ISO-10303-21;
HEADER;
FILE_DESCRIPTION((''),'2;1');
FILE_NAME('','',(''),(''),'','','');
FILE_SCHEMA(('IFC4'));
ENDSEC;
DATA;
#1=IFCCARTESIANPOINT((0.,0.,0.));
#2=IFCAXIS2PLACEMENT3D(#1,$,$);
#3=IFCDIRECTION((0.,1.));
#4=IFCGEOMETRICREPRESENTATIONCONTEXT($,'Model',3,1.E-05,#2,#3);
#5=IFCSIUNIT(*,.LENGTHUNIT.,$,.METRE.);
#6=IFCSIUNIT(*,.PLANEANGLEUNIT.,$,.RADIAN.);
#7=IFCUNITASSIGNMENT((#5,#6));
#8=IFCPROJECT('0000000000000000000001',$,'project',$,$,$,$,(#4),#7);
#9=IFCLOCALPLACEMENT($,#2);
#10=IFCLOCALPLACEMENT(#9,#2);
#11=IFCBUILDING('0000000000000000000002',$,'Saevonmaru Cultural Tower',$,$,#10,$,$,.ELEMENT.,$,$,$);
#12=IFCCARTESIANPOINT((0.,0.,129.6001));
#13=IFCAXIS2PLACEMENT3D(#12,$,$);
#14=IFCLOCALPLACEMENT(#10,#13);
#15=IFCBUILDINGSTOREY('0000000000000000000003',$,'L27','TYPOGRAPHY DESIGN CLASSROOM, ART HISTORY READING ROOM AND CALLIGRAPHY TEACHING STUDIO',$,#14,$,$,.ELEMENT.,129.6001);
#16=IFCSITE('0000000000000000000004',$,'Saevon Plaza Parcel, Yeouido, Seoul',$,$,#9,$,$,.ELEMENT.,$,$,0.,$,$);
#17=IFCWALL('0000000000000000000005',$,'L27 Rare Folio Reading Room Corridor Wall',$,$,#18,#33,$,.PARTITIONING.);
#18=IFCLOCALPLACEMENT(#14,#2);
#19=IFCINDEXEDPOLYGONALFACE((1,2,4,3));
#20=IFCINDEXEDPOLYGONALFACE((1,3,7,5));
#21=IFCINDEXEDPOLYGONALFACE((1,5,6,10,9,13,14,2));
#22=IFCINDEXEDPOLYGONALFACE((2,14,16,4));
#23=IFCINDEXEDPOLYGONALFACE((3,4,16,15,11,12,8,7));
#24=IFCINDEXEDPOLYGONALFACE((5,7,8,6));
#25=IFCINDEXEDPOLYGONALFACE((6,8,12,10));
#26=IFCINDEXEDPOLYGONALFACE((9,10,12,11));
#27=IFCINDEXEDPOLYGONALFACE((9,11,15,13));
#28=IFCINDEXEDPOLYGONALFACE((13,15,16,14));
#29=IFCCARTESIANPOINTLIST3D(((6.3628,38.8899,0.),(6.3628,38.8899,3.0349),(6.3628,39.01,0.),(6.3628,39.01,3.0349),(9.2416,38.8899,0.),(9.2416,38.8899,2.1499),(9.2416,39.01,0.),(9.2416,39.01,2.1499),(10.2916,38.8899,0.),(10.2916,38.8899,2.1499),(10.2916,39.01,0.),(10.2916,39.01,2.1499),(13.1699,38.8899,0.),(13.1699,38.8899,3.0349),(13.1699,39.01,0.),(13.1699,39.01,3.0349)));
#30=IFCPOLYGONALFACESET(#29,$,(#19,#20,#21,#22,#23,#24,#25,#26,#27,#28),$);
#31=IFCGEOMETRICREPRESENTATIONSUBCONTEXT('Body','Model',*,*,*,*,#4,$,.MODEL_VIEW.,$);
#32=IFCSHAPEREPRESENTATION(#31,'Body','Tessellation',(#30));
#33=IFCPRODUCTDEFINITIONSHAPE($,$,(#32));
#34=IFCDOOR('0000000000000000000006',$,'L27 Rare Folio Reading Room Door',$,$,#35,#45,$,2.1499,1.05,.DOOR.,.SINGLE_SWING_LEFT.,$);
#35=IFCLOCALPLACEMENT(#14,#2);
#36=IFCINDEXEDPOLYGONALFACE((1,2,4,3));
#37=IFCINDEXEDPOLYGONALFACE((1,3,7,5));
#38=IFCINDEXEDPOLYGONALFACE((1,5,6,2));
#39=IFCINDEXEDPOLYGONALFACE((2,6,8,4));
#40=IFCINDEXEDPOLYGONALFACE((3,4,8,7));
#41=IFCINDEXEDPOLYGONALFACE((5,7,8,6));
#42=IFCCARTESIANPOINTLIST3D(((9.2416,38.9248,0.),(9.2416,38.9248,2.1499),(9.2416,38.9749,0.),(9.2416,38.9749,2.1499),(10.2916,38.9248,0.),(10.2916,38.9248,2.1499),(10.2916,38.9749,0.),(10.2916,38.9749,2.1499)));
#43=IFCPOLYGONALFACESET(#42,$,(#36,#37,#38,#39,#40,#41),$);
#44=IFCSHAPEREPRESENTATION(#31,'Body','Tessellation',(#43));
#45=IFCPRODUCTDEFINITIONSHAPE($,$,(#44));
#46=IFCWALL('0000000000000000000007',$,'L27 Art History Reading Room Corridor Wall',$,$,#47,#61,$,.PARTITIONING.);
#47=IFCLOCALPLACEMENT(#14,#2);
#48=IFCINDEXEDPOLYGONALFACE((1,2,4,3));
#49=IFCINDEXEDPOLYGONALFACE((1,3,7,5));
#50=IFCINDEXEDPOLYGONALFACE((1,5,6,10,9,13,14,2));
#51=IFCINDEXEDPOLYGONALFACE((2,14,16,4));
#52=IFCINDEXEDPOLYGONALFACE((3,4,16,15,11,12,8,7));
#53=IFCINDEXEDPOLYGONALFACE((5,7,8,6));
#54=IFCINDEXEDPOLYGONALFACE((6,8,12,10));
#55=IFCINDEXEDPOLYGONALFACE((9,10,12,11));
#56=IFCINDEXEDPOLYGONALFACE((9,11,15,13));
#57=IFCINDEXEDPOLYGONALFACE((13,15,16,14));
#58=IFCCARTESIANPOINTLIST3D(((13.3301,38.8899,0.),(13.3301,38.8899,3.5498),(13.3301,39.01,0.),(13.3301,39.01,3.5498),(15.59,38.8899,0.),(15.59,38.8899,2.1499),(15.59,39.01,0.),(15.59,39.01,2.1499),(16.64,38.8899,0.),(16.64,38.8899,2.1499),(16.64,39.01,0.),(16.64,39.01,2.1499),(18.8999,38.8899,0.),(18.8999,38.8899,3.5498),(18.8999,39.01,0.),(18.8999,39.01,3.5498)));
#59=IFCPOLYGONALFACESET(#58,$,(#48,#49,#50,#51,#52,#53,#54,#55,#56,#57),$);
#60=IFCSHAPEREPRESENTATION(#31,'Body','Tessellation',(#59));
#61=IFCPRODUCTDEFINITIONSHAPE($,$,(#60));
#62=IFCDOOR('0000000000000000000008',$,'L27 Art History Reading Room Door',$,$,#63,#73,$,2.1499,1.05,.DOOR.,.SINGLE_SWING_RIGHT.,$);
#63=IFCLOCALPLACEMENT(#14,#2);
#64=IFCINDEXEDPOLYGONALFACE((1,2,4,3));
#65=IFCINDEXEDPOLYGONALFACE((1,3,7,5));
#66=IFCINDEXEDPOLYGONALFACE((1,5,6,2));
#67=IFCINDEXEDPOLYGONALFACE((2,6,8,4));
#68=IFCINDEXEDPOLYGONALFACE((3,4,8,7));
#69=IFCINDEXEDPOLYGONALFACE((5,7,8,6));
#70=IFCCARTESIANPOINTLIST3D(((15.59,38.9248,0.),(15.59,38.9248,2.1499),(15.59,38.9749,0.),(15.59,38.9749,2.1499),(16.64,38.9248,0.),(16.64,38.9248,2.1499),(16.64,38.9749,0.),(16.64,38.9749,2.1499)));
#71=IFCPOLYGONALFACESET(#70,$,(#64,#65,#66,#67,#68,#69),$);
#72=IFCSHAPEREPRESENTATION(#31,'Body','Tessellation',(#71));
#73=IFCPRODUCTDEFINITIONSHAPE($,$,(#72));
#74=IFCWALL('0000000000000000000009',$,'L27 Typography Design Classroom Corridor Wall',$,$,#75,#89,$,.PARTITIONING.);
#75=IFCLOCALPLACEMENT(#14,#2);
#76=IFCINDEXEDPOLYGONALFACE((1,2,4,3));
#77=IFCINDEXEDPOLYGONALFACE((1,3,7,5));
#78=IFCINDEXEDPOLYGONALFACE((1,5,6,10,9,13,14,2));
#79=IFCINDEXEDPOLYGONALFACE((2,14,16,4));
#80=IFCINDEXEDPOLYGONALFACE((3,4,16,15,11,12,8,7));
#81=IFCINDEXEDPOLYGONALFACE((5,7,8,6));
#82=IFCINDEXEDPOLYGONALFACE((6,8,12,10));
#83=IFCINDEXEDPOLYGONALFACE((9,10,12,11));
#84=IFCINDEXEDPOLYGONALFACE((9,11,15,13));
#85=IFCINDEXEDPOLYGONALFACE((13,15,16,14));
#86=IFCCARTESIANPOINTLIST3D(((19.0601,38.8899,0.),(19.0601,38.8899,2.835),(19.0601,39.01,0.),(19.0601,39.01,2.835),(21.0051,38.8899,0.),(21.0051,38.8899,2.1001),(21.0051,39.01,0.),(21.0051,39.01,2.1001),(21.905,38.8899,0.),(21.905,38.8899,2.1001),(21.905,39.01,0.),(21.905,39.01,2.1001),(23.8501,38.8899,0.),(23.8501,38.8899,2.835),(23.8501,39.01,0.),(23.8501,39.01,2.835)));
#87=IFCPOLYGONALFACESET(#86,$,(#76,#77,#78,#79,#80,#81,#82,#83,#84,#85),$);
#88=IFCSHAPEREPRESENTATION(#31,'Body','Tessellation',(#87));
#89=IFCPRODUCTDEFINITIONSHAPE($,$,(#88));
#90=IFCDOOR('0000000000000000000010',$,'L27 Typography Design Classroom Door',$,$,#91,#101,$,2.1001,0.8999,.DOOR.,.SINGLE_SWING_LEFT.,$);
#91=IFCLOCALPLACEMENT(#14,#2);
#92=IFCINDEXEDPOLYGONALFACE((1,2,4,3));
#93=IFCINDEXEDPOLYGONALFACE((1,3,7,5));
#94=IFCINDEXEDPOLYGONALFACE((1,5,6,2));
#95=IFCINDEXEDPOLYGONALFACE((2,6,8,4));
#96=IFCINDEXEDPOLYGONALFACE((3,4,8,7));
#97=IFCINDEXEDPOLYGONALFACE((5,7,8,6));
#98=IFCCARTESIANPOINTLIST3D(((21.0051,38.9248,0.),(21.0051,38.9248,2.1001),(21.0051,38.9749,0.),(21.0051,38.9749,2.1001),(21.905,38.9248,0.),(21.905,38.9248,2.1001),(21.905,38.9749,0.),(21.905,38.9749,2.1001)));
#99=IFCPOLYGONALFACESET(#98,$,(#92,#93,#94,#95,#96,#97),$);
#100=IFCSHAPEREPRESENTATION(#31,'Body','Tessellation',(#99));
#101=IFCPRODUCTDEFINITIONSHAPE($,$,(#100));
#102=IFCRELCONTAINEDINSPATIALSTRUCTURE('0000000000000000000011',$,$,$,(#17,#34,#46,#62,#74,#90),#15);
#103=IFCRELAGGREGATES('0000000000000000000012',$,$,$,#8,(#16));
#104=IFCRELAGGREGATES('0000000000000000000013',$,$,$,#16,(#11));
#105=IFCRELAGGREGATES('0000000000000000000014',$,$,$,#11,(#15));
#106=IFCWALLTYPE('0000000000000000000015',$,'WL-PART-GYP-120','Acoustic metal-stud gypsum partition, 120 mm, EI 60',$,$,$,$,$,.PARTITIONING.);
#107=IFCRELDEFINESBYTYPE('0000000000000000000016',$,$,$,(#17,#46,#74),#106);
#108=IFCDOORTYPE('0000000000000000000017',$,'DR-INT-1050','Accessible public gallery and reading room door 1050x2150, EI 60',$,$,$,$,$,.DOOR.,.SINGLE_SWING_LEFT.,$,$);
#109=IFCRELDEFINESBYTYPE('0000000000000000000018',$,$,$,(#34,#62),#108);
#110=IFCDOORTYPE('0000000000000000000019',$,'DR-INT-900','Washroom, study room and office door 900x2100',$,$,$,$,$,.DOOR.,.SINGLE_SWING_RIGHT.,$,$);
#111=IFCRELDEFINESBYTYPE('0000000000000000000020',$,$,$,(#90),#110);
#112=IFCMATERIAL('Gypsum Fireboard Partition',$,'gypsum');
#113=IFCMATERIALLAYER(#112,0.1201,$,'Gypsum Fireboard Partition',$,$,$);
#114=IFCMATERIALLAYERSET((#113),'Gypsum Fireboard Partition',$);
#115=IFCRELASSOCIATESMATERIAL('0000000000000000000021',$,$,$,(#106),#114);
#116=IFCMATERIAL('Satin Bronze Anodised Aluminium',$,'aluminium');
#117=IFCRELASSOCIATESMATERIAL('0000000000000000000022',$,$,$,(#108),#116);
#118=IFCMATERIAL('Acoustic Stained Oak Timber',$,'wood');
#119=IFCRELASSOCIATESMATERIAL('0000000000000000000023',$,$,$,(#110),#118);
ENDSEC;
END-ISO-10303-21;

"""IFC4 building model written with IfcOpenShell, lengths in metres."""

from ifc_helpers import new_model, si_unit, direction, frame, frame_2d, origin, place, context, subcontext, project, spatial, rectangle, extrude, material, layer, layer_set, type_object, element, fill, save


model = new_model("IFC4")

# Units and contexts
model_context = context("Model", 3, precision=1e-05, world=origin(), true_north=direction((0.0, 1.0)))
body_context = subcontext(model_context, "Body", "Model", "MODEL_VIEW")
ifc_project = project(units=[si_unit("LENGTHUNIT", "METRE"), si_unit("PLANEANGLEUNIT", "RADIAN")], contexts=[model_context])

# Site, building, storey
site_placement = place(None, origin())
site = spatial("IfcSite", under=ifc_project, at=site_placement, Name="Saevon Plaza Parcel, Yeouido, Seoul", CompositionType="ELEMENT", RefElevation=0.0)
building_placement = place(site_placement, origin())
building = spatial("IfcBuilding", under=site, at=building_placement, Name="Saevonmaru Cultural Tower", CompositionType="ELEMENT")
storey_placement = place(building_placement, frame((0.0, 0.0, 129.6001)))
storey = spatial("IfcBuildingStorey", under=building, at=storey_placement, Name="L27", Description="TYPOGRAPHY DESIGN CLASSROOM, ART HISTORY READING ROOM AND CALLIGRAPHY TEACHING STUDIO", CompositionType="ELEMENT", Elevation=129.6001)

# Shared definitions
ifc_material_1 = material(Name="Satin Bronze Anodised Aluminium", Category="aluminium")

# Shared definitions
ifc_material_2 = material(Name="Gypsum Fireboard Partition", Category="gypsum")
ifc_layer_1 = layer(ifc_material_2, 0.1201, Name="Gypsum Fireboard Partition")
ifc_layer_set_1 = layer_set([ifc_layer_1], Name="Gypsum Fireboard Partition")
wall_type_1 = type_object("IfcWallType", Name="WL-PART-GYP-120", Description="Acoustic metal-stud gypsum partition, 120 mm, EI 60", PredefinedType="PARTITIONING", material=ifc_layer_set_1)

# Walls, openings, doors
wall_1_placement = place(storey_placement, frame((6.3628, 38.95, 0.0), z_axis=(0.0, 0.0, 1.0), x_axis=(1.0, 0.0, 0.0)))
wall_1 = element("IfcWall", 1, at=wall_1_placement, inside=storey, type_object=wall_type_1, Name="L27 Rare Folio Reading Room Corridor Wall", PredefinedType="PARTITIONING", context=body_context, shape_type="SweptSolid", body=[
    extrude(rectangle(XDim=6.8071, YDim=0.1201, at=frame_2d((3.4036, 0.0))), origin(), (0.0, 0.0, 1.0), 3.0349),
])
opening_1_placement = place(wall_1_placement, frame((2.8789, 0.0, 0.0)))
opening_1 = element("IfcOpeningElement", 2, at=opening_1_placement, cuts=wall_1, PredefinedType="OPENING", context=body_context, shape_type="SweptSolid", body=[
    extrude(rectangle(XDim=1.05, YDim=2.1499, at=frame_2d((0.5249, 1.075))), frame((0.0, 0.0701, 0.0), z_axis=(0.0, -1.0, 0.0), x_axis=(1.0, 0.0, 0.0)), (0.0, 0.0, 1.0), 0.1401),
])
door_type_1 = type_object("IfcDoorType", Name="DR-INT-1050", Description="Accessible public gallery and reading room door 1050x2150, EI 60", OperationType="SINGLE_SWING_LEFT", PredefinedType="DOOR", material=ifc_material_1)
door_1_placement = place(opening_1_placement, origin())
door_1 = element("IfcDoor", 3, at=door_1_placement, inside=storey, type_object=door_type_1, Name="L27 Rare Folio Reading Room Door", OperationType="SINGLE_SWING_LEFT", OverallHeight=2.1499, OverallWidth=1.05, PredefinedType="DOOR", context=body_context, shape_type="SweptSolid", body=[
    extrude(rectangle(XDim=1.05, YDim=2.1499, at=frame_2d((0.5249, 1.075))), frame((0.0, 0.0249, 0.0), z_axis=(0.0, -1.0, 0.0), x_axis=(1.0, 0.0, 0.0)), (0.0, 0.0, 1.0), 0.05),
])
fill(opening_1, door_1)
wall_2_placement = place(storey_placement, frame((13.3301, 38.95, 0.0), z_axis=(0.0, 0.0, 1.0), x_axis=(1.0, 0.0, 0.0)))
wall_2 = element("IfcWall", 4, at=wall_2_placement, inside=storey, type_object=wall_type_1, Name="L27 Art History Reading Room Corridor Wall", PredefinedType="PARTITIONING", context=body_context, shape_type="SweptSolid", body=[
    extrude(rectangle(XDim=5.5698, YDim=0.1201, at=frame_2d((2.7849, 0.0))), origin(), (0.0, 0.0, 1.0), 3.5498),
])
opening_2_placement = place(wall_2_placement, frame((2.26, 0.0, 0.0)))
opening_2 = element("IfcOpeningElement", 5, at=opening_2_placement, cuts=wall_2, PredefinedType="OPENING", context=body_context, shape_type="SweptSolid", body=[
    extrude(rectangle(XDim=1.05, YDim=2.1499, at=frame_2d((0.5249, 1.075))), frame((0.0, 0.0701, 0.0), z_axis=(0.0, -1.0, 0.0), x_axis=(1.0, 0.0, 0.0)), (0.0, 0.0, 1.0), 0.1401),
])
door_2_placement = place(opening_2_placement, origin())
door_2 = element("IfcDoor", 6, at=door_2_placement, inside=storey, type_object=door_type_1, Name="L27 Art History Reading Room Door", OperationType="SINGLE_SWING_RIGHT", OverallHeight=2.1499, OverallWidth=1.05, PredefinedType="DOOR", context=body_context, shape_type="SweptSolid", body=[
    extrude(rectangle(XDim=1.05, YDim=2.1499, at=frame_2d((0.5249, 1.075))), frame((0.0, 0.0249, 0.0), z_axis=(0.0, -1.0, 0.0), x_axis=(1.0, 0.0, 0.0)), (0.0, 0.0, 1.0), 0.05),
])
fill(opening_2, door_2)
wall_3_placement = place(storey_placement, frame((19.0601, 38.95, 0.0), z_axis=(0.0, 0.0, 1.0), x_axis=(1.0, 0.0, 0.0)))
wall_3 = element("IfcWall", 7, at=wall_3_placement, inside=storey, type_object=wall_type_1, Name="L27 Typography Design Classroom Corridor Wall", PredefinedType="PARTITIONING", context=body_context, shape_type="SweptSolid", body=[
    extrude(rectangle(XDim=4.79, YDim=0.1201, at=frame_2d((2.395, 0.0))), origin(), (0.0, 0.0, 1.0), 2.835),
])
opening_3_placement = place(wall_3_placement, frame((1.9451, 0.0, 0.0)))
opening_3 = element("IfcOpeningElement", 8, at=opening_3_placement, cuts=wall_3, PredefinedType="OPENING", context=body_context, shape_type="SweptSolid", body=[
    extrude(rectangle(XDim=0.8999, YDim=2.1001, at=frame_2d((0.45, 1.05))), frame((0.0, 0.0701, 0.0), z_axis=(0.0, -1.0, 0.0), x_axis=(1.0, 0.0, 0.0)), (0.0, 0.0, 1.0), 0.1401),
])
ifc_material_3 = material(Name="Acoustic Stained Oak Timber", Category="wood")
door_type_2 = type_object("IfcDoorType", Name="DR-INT-900", Description="Washroom, study room and office door 900x2100", OperationType="SINGLE_SWING_RIGHT", PredefinedType="DOOR", material=ifc_material_3)
door_3_placement = place(opening_3_placement, origin())
door_3 = element("IfcDoor", 9, at=door_3_placement, inside=storey, type_object=door_type_2, Name="L27 Typography Design Classroom Door", OperationType="SINGLE_SWING_LEFT", OverallHeight=2.1001, OverallWidth=0.8999, PredefinedType="DOOR", context=body_context, shape_type="SweptSolid", body=[
    extrude(rectangle(XDim=0.8999, YDim=2.1001, at=frame_2d((0.45, 1.05))), frame((0.0, 0.0249, 0.0), z_axis=(0.0, -1.0, 0.0), x_axis=(1.0, 0.0, 0.0)), (0.0, 0.0, 1.0), 0.05),
])
fill(opening_3, door_3)

save(model, "model.ifc")
